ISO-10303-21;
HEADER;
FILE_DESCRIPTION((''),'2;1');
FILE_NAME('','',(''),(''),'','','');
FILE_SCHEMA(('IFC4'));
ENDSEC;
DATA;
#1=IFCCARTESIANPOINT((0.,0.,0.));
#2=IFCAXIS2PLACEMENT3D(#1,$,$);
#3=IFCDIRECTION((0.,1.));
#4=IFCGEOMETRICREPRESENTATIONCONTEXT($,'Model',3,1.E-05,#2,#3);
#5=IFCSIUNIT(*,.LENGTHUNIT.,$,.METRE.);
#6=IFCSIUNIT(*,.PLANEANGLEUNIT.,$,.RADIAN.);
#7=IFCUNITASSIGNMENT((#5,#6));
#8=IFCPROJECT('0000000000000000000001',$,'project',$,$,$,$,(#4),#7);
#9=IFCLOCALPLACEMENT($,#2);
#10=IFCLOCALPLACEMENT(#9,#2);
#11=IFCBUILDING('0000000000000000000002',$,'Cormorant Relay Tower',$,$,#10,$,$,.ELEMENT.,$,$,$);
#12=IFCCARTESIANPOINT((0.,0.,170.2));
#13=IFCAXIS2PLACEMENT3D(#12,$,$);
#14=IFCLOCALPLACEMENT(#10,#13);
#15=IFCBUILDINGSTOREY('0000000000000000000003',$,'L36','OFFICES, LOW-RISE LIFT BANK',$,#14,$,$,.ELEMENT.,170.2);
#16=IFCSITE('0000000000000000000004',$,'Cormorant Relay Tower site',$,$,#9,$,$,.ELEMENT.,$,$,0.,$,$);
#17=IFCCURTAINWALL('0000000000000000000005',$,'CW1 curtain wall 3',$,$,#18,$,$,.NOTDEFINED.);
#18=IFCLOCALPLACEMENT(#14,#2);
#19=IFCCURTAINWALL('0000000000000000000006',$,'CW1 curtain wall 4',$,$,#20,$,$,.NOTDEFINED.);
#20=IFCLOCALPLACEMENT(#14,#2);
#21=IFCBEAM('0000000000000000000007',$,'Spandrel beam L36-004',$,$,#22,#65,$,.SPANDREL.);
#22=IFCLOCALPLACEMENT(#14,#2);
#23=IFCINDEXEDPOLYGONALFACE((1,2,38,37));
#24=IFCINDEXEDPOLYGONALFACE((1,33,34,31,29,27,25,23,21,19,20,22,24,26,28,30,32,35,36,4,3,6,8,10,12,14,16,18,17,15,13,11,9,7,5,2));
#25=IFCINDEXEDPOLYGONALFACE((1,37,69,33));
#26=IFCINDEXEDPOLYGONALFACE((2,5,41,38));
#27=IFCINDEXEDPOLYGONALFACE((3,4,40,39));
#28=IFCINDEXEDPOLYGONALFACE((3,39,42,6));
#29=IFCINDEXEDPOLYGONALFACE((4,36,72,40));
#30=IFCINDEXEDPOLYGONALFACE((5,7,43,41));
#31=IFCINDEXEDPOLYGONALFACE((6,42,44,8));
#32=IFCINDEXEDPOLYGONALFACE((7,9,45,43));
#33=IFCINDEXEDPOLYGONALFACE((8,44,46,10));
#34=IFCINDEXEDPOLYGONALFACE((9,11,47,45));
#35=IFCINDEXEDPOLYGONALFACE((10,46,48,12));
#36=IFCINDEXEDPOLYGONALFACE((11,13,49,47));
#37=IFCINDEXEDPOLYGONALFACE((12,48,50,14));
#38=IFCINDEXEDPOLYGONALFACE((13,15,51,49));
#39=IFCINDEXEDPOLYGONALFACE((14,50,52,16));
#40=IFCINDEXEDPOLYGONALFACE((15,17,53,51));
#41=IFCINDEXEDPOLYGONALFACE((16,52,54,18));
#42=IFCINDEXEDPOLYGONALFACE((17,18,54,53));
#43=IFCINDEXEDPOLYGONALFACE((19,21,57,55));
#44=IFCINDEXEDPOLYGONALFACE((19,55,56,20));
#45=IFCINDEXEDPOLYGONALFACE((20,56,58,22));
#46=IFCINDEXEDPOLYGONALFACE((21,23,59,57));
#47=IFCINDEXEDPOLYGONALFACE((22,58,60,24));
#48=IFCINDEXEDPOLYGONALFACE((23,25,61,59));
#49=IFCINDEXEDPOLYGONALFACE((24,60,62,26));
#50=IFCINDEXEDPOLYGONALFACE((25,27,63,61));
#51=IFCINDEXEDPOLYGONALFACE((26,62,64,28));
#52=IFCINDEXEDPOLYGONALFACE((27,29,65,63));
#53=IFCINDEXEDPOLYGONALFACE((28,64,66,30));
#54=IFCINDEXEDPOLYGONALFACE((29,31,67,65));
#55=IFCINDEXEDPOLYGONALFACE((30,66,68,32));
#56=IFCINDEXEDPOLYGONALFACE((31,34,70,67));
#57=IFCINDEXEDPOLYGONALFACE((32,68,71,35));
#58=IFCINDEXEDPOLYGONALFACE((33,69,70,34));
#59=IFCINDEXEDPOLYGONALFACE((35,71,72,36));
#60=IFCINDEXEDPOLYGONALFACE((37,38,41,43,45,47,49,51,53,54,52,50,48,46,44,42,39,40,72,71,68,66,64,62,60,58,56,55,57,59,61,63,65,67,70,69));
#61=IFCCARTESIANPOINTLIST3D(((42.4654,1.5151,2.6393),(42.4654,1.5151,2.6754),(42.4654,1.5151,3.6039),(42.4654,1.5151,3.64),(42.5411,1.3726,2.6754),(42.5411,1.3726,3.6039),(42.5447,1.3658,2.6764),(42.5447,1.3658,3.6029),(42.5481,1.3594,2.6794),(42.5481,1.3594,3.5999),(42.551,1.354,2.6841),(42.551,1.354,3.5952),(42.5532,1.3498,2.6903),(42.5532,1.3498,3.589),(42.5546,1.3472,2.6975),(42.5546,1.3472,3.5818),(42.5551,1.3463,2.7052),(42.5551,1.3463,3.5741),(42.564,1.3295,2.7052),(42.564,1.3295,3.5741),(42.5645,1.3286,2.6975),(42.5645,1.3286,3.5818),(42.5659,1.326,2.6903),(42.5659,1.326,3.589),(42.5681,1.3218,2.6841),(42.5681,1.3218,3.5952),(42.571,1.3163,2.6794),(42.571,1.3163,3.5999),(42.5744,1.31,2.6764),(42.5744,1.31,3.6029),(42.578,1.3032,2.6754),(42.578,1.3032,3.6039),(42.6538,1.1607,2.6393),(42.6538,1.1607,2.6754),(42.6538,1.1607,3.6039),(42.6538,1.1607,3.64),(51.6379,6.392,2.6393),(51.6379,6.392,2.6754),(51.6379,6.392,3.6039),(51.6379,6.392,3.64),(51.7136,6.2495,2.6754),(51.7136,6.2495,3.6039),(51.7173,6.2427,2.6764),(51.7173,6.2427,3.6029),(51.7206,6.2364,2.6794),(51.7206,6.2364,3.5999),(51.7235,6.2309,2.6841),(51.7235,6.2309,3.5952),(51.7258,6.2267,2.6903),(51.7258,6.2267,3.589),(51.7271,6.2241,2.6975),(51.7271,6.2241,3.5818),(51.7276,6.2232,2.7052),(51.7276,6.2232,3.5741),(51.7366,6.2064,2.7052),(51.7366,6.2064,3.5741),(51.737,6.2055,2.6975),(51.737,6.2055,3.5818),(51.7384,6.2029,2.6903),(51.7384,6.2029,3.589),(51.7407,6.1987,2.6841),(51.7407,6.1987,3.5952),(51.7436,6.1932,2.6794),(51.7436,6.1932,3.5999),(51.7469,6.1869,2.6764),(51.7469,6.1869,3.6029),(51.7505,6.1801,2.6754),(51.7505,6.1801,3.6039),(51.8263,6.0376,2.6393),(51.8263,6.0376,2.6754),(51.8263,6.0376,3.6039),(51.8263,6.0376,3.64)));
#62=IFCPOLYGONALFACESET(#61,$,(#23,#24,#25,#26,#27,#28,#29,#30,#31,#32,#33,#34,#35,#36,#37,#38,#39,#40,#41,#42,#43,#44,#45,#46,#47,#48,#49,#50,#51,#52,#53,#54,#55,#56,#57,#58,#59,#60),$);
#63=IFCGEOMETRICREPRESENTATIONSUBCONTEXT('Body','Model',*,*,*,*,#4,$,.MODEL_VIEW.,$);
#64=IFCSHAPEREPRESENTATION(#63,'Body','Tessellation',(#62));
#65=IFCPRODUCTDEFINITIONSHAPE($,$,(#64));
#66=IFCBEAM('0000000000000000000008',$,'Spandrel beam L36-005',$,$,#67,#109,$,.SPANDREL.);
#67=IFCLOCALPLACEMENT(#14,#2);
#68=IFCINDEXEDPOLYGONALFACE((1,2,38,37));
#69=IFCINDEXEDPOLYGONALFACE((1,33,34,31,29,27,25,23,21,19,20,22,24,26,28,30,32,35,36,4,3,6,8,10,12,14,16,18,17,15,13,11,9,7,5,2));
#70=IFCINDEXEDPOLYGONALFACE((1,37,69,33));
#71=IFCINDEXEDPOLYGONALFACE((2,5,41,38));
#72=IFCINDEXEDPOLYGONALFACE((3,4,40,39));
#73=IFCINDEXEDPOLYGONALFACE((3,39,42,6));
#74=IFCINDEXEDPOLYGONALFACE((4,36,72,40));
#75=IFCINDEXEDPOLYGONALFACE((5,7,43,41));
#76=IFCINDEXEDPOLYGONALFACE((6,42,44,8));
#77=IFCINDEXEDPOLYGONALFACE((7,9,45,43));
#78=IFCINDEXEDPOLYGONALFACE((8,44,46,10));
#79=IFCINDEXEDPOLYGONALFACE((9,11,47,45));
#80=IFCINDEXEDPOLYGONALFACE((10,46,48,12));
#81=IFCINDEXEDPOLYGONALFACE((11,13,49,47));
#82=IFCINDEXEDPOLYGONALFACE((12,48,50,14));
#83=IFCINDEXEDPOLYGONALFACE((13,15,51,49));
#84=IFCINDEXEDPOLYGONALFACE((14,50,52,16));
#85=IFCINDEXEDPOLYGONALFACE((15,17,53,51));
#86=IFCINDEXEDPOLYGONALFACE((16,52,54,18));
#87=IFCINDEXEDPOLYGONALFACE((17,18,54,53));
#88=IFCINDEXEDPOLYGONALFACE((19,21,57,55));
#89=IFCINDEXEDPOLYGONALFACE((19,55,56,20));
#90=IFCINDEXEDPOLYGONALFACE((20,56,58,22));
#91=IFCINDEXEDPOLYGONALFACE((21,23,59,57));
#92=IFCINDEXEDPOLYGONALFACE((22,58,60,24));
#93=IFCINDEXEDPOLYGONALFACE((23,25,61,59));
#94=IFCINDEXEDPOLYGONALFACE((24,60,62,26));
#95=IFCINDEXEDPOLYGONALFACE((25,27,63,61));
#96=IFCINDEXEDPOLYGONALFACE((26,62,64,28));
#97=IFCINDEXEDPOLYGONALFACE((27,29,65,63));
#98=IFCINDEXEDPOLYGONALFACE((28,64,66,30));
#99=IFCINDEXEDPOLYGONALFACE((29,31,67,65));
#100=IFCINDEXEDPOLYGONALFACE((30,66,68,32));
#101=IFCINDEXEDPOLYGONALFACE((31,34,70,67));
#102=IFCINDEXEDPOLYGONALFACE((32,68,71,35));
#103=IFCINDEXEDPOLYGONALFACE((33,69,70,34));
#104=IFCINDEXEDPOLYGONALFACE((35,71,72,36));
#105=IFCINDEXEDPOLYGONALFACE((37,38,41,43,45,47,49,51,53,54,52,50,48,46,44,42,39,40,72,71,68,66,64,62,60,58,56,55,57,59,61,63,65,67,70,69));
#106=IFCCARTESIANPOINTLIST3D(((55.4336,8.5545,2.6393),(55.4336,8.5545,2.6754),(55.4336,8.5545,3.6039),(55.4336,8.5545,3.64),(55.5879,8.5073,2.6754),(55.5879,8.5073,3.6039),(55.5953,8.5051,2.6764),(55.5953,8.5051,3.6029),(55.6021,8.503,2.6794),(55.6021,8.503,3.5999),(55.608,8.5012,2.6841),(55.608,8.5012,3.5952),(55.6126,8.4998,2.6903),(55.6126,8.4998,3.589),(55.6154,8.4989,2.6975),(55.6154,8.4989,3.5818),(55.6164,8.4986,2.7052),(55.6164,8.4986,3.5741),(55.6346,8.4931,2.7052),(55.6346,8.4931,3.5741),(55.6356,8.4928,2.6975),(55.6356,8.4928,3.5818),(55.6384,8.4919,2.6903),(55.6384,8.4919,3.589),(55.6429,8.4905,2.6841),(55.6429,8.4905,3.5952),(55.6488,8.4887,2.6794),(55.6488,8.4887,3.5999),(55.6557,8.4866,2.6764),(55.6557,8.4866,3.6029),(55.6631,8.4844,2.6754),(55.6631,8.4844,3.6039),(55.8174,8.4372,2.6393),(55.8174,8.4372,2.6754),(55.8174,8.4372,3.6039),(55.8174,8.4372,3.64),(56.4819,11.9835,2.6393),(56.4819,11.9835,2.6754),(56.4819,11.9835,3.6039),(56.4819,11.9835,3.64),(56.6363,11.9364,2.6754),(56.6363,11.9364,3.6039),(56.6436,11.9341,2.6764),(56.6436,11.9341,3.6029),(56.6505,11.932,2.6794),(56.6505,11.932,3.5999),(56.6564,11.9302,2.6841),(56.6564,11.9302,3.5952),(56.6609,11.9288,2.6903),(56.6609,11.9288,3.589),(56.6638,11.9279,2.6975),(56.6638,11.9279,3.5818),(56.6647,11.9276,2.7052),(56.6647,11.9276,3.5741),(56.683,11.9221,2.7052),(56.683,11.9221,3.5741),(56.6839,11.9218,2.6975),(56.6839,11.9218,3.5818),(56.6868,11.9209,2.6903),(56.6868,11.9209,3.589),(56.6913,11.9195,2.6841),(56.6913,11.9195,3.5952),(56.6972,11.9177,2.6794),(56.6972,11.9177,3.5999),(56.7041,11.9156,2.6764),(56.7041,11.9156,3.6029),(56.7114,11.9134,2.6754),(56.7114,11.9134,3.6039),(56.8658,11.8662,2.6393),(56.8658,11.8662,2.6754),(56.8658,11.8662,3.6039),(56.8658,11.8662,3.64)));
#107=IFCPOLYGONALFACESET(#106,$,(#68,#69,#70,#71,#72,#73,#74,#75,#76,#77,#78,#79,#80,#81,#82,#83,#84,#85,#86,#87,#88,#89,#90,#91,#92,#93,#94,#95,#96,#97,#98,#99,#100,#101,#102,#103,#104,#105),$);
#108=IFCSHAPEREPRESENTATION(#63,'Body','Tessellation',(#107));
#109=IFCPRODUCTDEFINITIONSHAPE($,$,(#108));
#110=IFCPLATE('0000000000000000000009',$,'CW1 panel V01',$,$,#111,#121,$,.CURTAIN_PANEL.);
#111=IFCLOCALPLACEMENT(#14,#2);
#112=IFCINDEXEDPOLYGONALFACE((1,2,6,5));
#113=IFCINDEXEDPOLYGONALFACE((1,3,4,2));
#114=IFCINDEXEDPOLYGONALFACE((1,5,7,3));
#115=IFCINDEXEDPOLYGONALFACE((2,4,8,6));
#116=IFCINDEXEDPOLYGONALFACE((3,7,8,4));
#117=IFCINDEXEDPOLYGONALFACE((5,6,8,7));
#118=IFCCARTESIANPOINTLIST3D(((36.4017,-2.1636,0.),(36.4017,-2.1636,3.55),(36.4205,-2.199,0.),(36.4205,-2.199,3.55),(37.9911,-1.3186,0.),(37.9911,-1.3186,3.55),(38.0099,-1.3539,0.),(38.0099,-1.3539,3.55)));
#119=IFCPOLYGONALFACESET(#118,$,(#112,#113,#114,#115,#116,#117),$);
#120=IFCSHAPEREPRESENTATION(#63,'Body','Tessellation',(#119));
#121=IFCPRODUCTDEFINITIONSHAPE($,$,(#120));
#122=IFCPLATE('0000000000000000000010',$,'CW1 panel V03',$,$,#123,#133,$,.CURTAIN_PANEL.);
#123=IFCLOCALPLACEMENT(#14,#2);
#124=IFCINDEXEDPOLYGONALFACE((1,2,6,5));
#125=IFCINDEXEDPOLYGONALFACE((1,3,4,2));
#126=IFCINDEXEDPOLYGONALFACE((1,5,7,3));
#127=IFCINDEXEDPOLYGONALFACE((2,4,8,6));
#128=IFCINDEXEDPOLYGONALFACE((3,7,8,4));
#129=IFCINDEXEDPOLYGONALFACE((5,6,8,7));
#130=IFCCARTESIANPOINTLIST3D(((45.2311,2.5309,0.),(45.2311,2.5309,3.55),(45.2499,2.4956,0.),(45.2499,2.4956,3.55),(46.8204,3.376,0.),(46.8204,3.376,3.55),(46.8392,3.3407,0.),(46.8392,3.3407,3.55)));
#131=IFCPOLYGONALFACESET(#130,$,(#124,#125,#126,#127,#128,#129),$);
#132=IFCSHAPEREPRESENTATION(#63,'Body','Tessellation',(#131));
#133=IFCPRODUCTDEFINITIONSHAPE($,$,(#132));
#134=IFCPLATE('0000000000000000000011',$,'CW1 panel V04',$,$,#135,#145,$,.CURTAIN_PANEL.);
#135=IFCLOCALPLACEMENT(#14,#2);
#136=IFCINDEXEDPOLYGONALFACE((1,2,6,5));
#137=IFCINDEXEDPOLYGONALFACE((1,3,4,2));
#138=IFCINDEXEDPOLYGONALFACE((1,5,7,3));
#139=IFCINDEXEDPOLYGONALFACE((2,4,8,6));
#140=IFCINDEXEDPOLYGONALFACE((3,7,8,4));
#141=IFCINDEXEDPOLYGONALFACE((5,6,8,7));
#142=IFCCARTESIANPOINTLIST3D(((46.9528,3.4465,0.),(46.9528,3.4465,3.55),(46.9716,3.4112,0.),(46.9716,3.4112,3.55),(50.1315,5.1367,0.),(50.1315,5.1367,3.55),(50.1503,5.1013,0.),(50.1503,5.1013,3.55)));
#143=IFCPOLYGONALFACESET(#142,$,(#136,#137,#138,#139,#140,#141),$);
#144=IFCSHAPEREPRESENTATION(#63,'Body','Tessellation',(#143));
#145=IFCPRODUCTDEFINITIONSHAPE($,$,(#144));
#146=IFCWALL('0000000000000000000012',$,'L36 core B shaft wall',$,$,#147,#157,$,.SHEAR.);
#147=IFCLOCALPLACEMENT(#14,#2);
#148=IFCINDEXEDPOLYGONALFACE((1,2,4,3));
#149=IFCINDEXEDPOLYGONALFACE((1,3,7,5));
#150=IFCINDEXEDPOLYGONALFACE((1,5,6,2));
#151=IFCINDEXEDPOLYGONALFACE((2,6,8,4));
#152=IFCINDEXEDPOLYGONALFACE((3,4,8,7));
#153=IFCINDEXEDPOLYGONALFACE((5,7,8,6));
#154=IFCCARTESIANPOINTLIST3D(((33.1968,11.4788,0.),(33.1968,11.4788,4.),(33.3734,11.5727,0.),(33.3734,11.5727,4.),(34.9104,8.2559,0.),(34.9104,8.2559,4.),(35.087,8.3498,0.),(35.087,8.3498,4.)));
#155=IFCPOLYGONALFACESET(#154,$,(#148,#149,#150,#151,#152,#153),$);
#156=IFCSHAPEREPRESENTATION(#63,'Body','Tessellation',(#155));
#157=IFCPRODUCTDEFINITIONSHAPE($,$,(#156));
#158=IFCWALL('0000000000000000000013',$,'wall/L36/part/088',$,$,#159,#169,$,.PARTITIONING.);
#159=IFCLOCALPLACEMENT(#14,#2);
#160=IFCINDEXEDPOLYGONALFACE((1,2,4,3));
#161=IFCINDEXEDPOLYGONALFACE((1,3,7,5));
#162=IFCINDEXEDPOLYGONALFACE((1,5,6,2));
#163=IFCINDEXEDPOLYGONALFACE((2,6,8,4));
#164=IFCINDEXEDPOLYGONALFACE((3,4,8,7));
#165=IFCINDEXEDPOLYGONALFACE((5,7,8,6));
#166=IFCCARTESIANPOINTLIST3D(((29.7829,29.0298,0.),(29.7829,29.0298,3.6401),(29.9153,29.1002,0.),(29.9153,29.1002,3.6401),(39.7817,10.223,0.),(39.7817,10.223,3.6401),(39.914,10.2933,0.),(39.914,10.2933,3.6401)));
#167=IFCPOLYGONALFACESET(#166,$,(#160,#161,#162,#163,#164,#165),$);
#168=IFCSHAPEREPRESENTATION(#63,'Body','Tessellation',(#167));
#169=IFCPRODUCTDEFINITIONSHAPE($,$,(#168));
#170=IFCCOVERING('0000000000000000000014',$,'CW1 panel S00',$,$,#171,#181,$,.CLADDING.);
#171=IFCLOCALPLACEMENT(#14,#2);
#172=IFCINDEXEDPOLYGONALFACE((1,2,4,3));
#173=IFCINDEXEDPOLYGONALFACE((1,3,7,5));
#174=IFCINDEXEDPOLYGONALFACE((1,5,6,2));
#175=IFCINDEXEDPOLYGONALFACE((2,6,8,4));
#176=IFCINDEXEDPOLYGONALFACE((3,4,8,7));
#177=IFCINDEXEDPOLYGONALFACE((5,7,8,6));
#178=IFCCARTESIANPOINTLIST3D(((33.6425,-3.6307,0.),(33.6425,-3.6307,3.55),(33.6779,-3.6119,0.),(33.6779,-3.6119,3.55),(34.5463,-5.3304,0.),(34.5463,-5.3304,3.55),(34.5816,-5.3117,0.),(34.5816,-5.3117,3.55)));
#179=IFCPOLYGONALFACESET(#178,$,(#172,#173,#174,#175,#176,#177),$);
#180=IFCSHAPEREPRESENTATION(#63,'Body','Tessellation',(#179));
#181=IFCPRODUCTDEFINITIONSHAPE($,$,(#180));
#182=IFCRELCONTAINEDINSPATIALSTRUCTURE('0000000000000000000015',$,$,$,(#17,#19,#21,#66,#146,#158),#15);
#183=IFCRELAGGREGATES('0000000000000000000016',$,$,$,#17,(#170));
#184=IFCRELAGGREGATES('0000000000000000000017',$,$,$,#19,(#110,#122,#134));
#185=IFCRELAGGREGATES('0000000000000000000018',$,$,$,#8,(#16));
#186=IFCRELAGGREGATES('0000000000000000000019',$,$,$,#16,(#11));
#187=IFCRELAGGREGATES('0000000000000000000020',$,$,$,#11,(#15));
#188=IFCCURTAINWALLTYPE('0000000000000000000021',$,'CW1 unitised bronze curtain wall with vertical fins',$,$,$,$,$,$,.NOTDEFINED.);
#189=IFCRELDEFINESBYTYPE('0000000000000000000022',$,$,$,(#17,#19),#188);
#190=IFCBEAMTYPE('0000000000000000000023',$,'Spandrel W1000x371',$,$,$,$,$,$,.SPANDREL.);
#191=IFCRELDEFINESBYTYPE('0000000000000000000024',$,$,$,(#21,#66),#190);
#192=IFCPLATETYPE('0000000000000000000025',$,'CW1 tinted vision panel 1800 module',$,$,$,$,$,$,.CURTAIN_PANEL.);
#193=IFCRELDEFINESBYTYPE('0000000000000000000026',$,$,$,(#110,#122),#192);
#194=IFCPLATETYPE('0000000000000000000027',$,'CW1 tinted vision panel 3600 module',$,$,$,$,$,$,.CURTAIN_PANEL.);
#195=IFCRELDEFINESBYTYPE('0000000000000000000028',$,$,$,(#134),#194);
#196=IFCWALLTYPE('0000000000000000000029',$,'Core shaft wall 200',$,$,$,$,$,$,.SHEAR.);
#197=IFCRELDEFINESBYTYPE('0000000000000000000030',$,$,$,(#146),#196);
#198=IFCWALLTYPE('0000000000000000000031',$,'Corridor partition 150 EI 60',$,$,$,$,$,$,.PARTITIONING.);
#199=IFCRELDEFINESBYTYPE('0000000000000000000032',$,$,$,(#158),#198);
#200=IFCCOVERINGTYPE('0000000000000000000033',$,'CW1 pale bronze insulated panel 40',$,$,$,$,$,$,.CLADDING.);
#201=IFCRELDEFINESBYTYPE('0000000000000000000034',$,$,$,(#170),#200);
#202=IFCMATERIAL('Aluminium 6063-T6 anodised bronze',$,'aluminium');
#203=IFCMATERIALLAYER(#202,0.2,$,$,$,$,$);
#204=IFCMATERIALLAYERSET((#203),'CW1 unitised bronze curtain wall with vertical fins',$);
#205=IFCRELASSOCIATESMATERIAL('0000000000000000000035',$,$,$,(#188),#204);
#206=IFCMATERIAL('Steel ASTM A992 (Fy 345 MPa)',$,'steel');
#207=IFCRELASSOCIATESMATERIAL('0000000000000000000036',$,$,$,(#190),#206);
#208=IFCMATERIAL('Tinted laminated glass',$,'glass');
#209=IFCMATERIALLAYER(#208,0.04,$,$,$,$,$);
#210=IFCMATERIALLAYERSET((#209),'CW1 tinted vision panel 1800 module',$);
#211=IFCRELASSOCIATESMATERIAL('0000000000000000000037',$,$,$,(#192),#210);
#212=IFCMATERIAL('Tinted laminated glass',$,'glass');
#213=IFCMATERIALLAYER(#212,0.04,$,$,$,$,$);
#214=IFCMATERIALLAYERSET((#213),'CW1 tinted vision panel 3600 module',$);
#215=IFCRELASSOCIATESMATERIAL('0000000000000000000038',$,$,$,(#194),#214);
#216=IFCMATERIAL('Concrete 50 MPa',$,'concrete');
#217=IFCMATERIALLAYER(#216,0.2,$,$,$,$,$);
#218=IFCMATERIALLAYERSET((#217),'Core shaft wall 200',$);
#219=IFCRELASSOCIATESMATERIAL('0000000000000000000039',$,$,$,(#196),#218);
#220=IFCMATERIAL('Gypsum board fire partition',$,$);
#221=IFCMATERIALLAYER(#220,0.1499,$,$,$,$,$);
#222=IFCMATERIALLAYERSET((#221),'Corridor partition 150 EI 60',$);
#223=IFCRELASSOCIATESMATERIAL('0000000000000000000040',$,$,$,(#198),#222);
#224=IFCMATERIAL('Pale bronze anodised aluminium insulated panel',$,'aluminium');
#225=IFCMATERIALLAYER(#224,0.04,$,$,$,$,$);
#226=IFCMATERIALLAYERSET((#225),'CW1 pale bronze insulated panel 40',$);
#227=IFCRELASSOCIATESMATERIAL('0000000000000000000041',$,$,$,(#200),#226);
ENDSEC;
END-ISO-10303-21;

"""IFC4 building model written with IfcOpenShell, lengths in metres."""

from ifc_helpers import new_model, si_unit, direction, frame, frame_2d, origin, origin_2d, place, context, subcontext, project, spatial, rectangle, i_section, extrude, material, layer, layer_set, material_profile, profile_set, type_object, element, aggregate, save


model = new_model("IFC4")

# Units and contexts
model_context = context("Model", 3, precision=1e-05, world=origin(), true_north=direction((0.0, 1.0)))
body_context = subcontext(model_context, "Body", "Model", "MODEL_VIEW")
ifc_project = project(units=[si_unit("LENGTHUNIT", "METRE"), si_unit("PLANEANGLEUNIT", "RADIAN")], contexts=[model_context])

# Site, building, storey
site_placement = place(None, origin())
site = spatial("IfcSite", under=ifc_project, at=site_placement, Name="Cormorant Relay Tower site", CompositionType="ELEMENT", RefElevation=0.0)
building_placement = place(site_placement, origin())
building = spatial("IfcBuilding", under=site, at=building_placement, Name="Cormorant Relay Tower", CompositionType="ELEMENT")
storey_placement = place(building_placement, frame((0.0, 0.0, 170.2)))
storey = spatial("IfcBuildingStorey", under=building, at=storey_placement, Name="L36", Description="OFFICES, LOW-RISE LIFT BANK", CompositionType="ELEMENT", Elevation=170.2)

# Curtain wall
ifc_material_1 = material(Name="Aluminium 6063-T6 anodised bronze", Category="aluminium")
ifc_layer_1 = layer(ifc_material_1, 0.2)
ifc_layer_set_1 = layer_set([ifc_layer_1], Name="CW1 unitised bronze curtain wall with vertical fins")
curtain_wall_type = type_object("IfcCurtainWallType", Name="CW1 unitised bronze curtain wall with vertical fins", PredefinedType="NOTDEFINED", material=ifc_layer_set_1)
curtain_wall_1_placement = place(storey_placement, origin())
curtain_wall_1 = element("IfcCurtainWall", 1, at=curtain_wall_1_placement, inside=storey, type_object=curtain_wall_type, Name="CW1 curtain wall 3", PredefinedType="NOTDEFINED")

# Curtain wall
curtain_wall_2_placement = place(storey_placement, origin())
curtain_wall_2 = element("IfcCurtainWall", 2, at=curtain_wall_2_placement, inside=storey, type_object=curtain_wall_type, Name="CW1 curtain wall 4", PredefinedType="NOTDEFINED")

# Beams
ifc_material_2 = material(Name="Steel ASTM A992 (Fy 345 MPa)", Category="steel")
ifc_material_profile_1 = material_profile(ifc_material_2, i_section(OverallWidth=0.4014, OverallDepth=1.0007, WebThickness=0.019, FlangeThickness=0.0361, FilletRadius=0.0298, at=origin_2d()), Name="W1000x371")
ifc_profile_set_1 = profile_set([ifc_material_profile_1], Name="Steel ASTM A992 (Fy 345 MPa)")
beam_type = type_object("IfcBeamType", Name="Spandrel W1000x371", PredefinedType="SPANDREL", material=ifc_profile_set_1)
beam_1_placement = place(storey_placement, frame((42.5596, 1.3379, 3.1396), z_axis=(0.882956, 0.469456, 0.0), x_axis=(-0.469456, 0.882956, 0.0)))
element("IfcBeam", 3, at=beam_1_placement, inside=storey, type_object=beam_type, Name="Spandrel beam L36-004", PredefinedType="SPANDREL", context=body_context, shape_type="SweptSolid", body=[
    extrude(i_section(OverallWidth=0.4014, OverallDepth=1.0007, WebThickness=0.019, FlangeThickness=0.0361, FilletRadius=0.0298, at=origin_2d()), origin(), (0.0, 0.0, 1.0), 10.3884),
])
beam_2_placement = place(storey_placement, frame((55.6255, 8.4958, 3.1396), z_axis=(0.292372, 0.956305, 0.0), x_axis=(-0.956305, 0.292372, 0.0)))
element("IfcBeam", 4, at=beam_2_placement, inside=storey, type_object=beam_type, Name="Spandrel beam L36-005", PredefinedType="SPANDREL", context=body_context, shape_type="SweptSolid", body=[
    extrude(i_section(OverallWidth=0.4014, OverallDepth=1.0007, WebThickness=0.019, FlangeThickness=0.0361, FilletRadius=0.0298, at=origin_2d()), origin(), (0.0, 0.0, 1.0), 3.5857),
])

# Plates
ifc_material_3 = material(Name="Tinted laminated glass", Category="glass")
ifc_layer_2 = layer(ifc_material_3, 0.04)
ifc_layer_set_2 = layer_set([ifc_layer_2], Name="CW1 tinted vision panel 1800 module")
plate_type_1 = type_object("IfcPlateType", Name="CW1 tinted vision panel 1800 module", PredefinedType="CURTAIN_PANEL", material=ifc_layer_set_2)
plate_1_placement = place(storey_placement, frame((37.2058, -1.7588, 0.0), z_axis=(0.0, 0.0, 1.0), x_axis=(0.882948, 0.469472, 0.0)))
plate_1 = element("IfcPlate", 5, at=plate_1_placement, type_object=plate_type_1, Name="CW1 panel V01", PredefinedType="CURTAIN_PANEL", context=body_context, shape_type="SweptSolid", body=[
    extrude(rectangle(XDim=1.8, YDim=0.04, at=origin_2d()), origin(), (0.0, 0.0, 1.0), 3.55),
])
plate_2_placement = place(storey_placement, frame((46.0352, 2.9358, 0.0), z_axis=(0.0, 0.0, 1.0), x_axis=(0.882948, 0.469472, 0.0)))
plate_2 = element("IfcPlate", 6, at=plate_2_placement, type_object=plate_type_1, Name="CW1 panel V03", PredefinedType="CURTAIN_PANEL", context=body_context, shape_type="SweptSolid", body=[
    extrude(rectangle(XDim=1.8, YDim=0.04, at=origin_2d()), origin(), (0.0, 0.0, 1.0), 3.55),
])
ifc_material_4 = material(Name="Tinted laminated glass", Category="glass")
ifc_layer_3 = layer(ifc_material_4, 0.04)
ifc_layer_set_3 = layer_set([ifc_layer_3], Name="CW1 tinted vision panel 3600 module")
plate_type_2 = type_object("IfcPlateType", Name="CW1 tinted vision panel 3600 module", PredefinedType="CURTAIN_PANEL", material=ifc_layer_set_3)
plate_3_placement = place(storey_placement, frame((48.5515, 4.2739, 0.0), z_axis=(0.0, 0.0, 1.0), x_axis=(0.882948, 0.469472, 0.0)))
plate_3 = element("IfcPlate", 7, at=plate_3_placement, type_object=plate_type_2, Name="CW1 panel V04", PredefinedType="CURTAIN_PANEL", context=body_context, shape_type="SweptSolid", body=[
    extrude(rectangle(XDim=3.6001, YDim=0.04, at=origin_2d()), origin(), (0.0, 0.0, 1.0), 3.55),
])

# Wall
ifc_material_5 = material(Name="Concrete 50 MPa", Category="concrete")
ifc_layer_4 = layer(ifc_material_5, 0.2)
ifc_layer_set_4 = layer_set([ifc_layer_4], Name="Core shaft wall 200")
wall_type_1 = type_object("IfcWallType", Name="Core shaft wall 200", PredefinedType="SHEAR", material=ifc_layer_set_4)
wall_1_placement = place(storey_placement, frame((34.9988, 8.3027, 0.0), z_axis=(0.0, 0.0, 1.0), x_axis=(-0.469467, 0.88295, 0.0)))
element("IfcWall", 8, at=wall_1_placement, inside=storey, type_object=wall_type_1, Name="L36 core B shaft wall", PredefinedType="SHEAR", context=body_context, shape_type="SweptSolid", body=[
    extrude(rectangle(XDim=3.6501, YDim=0.2, at=frame_2d((1.8252, 0.0))), origin(), (0.0, 0.0, 1.0), 4.0),
])

# Wall
ifc_material_6 = material(Name="Gypsum board fire partition")
ifc_layer_5 = layer(ifc_material_6, 0.1499)
ifc_layer_set_5 = layer_set([ifc_layer_5], Name="Corridor partition 150 EI 60")
wall_type_2 = type_object("IfcWallType", Name="Corridor partition 150 EI 60", PredefinedType="PARTITIONING", material=ifc_layer_set_5)
wall_2_placement = place(storey_placement, frame((39.8479, 10.2581, 0.0), z_axis=(0.0, 0.0, 1.0), x_axis=(-0.469434, 0.882967, 0.0)))
element("IfcWall", 9, at=wall_2_placement, inside=storey, type_object=wall_type_2, Name="wall/L36/part/088", PredefinedType="PARTITIONING", context=body_context, shape_type="SweptSolid", body=[
    extrude(rectangle(XDim=21.2996, YDim=0.1499, at=frame_2d((10.6499, 0.0))), origin(), (0.0, 0.0, 1.0), 3.6401),
])

# Covering
ifc_material_7 = material(Name="Pale bronze anodised aluminium insulated panel", Category="aluminium")
ifc_layer_6 = layer(ifc_material_7, 0.04)
ifc_layer_set_6 = layer_set([ifc_layer_6], Name="CW1 pale bronze insulated panel 40")
covering_type = type_object("IfcCoveringType", Name="CW1 pale bronze insulated panel 40", PredefinedType="CLADDING", material=ifc_layer_set_6)
covering_1_placement = place(storey_placement, frame((34.1121, -4.4712, 0.0), z_axis=(0.0, 0.0, 1.0), x_axis=(-0.469472, 0.882948, 0.0)))
covering_1 = element("IfcCovering", 10, at=covering_1_placement, type_object=covering_type, Name="CW1 panel S00", PredefinedType="CLADDING", context=body_context, shape_type="SweptSolid", body=[
    extrude(rectangle(XDim=1.925, YDim=0.04, at=origin_2d()), origin(), (0.0, 0.0, 1.0), 3.55),
])
aggregate(curtain_wall_1, [covering_1])
aggregate(curtain_wall_2, [plate_1, plate_2, plate_3])

save(model, "model.ifc")
